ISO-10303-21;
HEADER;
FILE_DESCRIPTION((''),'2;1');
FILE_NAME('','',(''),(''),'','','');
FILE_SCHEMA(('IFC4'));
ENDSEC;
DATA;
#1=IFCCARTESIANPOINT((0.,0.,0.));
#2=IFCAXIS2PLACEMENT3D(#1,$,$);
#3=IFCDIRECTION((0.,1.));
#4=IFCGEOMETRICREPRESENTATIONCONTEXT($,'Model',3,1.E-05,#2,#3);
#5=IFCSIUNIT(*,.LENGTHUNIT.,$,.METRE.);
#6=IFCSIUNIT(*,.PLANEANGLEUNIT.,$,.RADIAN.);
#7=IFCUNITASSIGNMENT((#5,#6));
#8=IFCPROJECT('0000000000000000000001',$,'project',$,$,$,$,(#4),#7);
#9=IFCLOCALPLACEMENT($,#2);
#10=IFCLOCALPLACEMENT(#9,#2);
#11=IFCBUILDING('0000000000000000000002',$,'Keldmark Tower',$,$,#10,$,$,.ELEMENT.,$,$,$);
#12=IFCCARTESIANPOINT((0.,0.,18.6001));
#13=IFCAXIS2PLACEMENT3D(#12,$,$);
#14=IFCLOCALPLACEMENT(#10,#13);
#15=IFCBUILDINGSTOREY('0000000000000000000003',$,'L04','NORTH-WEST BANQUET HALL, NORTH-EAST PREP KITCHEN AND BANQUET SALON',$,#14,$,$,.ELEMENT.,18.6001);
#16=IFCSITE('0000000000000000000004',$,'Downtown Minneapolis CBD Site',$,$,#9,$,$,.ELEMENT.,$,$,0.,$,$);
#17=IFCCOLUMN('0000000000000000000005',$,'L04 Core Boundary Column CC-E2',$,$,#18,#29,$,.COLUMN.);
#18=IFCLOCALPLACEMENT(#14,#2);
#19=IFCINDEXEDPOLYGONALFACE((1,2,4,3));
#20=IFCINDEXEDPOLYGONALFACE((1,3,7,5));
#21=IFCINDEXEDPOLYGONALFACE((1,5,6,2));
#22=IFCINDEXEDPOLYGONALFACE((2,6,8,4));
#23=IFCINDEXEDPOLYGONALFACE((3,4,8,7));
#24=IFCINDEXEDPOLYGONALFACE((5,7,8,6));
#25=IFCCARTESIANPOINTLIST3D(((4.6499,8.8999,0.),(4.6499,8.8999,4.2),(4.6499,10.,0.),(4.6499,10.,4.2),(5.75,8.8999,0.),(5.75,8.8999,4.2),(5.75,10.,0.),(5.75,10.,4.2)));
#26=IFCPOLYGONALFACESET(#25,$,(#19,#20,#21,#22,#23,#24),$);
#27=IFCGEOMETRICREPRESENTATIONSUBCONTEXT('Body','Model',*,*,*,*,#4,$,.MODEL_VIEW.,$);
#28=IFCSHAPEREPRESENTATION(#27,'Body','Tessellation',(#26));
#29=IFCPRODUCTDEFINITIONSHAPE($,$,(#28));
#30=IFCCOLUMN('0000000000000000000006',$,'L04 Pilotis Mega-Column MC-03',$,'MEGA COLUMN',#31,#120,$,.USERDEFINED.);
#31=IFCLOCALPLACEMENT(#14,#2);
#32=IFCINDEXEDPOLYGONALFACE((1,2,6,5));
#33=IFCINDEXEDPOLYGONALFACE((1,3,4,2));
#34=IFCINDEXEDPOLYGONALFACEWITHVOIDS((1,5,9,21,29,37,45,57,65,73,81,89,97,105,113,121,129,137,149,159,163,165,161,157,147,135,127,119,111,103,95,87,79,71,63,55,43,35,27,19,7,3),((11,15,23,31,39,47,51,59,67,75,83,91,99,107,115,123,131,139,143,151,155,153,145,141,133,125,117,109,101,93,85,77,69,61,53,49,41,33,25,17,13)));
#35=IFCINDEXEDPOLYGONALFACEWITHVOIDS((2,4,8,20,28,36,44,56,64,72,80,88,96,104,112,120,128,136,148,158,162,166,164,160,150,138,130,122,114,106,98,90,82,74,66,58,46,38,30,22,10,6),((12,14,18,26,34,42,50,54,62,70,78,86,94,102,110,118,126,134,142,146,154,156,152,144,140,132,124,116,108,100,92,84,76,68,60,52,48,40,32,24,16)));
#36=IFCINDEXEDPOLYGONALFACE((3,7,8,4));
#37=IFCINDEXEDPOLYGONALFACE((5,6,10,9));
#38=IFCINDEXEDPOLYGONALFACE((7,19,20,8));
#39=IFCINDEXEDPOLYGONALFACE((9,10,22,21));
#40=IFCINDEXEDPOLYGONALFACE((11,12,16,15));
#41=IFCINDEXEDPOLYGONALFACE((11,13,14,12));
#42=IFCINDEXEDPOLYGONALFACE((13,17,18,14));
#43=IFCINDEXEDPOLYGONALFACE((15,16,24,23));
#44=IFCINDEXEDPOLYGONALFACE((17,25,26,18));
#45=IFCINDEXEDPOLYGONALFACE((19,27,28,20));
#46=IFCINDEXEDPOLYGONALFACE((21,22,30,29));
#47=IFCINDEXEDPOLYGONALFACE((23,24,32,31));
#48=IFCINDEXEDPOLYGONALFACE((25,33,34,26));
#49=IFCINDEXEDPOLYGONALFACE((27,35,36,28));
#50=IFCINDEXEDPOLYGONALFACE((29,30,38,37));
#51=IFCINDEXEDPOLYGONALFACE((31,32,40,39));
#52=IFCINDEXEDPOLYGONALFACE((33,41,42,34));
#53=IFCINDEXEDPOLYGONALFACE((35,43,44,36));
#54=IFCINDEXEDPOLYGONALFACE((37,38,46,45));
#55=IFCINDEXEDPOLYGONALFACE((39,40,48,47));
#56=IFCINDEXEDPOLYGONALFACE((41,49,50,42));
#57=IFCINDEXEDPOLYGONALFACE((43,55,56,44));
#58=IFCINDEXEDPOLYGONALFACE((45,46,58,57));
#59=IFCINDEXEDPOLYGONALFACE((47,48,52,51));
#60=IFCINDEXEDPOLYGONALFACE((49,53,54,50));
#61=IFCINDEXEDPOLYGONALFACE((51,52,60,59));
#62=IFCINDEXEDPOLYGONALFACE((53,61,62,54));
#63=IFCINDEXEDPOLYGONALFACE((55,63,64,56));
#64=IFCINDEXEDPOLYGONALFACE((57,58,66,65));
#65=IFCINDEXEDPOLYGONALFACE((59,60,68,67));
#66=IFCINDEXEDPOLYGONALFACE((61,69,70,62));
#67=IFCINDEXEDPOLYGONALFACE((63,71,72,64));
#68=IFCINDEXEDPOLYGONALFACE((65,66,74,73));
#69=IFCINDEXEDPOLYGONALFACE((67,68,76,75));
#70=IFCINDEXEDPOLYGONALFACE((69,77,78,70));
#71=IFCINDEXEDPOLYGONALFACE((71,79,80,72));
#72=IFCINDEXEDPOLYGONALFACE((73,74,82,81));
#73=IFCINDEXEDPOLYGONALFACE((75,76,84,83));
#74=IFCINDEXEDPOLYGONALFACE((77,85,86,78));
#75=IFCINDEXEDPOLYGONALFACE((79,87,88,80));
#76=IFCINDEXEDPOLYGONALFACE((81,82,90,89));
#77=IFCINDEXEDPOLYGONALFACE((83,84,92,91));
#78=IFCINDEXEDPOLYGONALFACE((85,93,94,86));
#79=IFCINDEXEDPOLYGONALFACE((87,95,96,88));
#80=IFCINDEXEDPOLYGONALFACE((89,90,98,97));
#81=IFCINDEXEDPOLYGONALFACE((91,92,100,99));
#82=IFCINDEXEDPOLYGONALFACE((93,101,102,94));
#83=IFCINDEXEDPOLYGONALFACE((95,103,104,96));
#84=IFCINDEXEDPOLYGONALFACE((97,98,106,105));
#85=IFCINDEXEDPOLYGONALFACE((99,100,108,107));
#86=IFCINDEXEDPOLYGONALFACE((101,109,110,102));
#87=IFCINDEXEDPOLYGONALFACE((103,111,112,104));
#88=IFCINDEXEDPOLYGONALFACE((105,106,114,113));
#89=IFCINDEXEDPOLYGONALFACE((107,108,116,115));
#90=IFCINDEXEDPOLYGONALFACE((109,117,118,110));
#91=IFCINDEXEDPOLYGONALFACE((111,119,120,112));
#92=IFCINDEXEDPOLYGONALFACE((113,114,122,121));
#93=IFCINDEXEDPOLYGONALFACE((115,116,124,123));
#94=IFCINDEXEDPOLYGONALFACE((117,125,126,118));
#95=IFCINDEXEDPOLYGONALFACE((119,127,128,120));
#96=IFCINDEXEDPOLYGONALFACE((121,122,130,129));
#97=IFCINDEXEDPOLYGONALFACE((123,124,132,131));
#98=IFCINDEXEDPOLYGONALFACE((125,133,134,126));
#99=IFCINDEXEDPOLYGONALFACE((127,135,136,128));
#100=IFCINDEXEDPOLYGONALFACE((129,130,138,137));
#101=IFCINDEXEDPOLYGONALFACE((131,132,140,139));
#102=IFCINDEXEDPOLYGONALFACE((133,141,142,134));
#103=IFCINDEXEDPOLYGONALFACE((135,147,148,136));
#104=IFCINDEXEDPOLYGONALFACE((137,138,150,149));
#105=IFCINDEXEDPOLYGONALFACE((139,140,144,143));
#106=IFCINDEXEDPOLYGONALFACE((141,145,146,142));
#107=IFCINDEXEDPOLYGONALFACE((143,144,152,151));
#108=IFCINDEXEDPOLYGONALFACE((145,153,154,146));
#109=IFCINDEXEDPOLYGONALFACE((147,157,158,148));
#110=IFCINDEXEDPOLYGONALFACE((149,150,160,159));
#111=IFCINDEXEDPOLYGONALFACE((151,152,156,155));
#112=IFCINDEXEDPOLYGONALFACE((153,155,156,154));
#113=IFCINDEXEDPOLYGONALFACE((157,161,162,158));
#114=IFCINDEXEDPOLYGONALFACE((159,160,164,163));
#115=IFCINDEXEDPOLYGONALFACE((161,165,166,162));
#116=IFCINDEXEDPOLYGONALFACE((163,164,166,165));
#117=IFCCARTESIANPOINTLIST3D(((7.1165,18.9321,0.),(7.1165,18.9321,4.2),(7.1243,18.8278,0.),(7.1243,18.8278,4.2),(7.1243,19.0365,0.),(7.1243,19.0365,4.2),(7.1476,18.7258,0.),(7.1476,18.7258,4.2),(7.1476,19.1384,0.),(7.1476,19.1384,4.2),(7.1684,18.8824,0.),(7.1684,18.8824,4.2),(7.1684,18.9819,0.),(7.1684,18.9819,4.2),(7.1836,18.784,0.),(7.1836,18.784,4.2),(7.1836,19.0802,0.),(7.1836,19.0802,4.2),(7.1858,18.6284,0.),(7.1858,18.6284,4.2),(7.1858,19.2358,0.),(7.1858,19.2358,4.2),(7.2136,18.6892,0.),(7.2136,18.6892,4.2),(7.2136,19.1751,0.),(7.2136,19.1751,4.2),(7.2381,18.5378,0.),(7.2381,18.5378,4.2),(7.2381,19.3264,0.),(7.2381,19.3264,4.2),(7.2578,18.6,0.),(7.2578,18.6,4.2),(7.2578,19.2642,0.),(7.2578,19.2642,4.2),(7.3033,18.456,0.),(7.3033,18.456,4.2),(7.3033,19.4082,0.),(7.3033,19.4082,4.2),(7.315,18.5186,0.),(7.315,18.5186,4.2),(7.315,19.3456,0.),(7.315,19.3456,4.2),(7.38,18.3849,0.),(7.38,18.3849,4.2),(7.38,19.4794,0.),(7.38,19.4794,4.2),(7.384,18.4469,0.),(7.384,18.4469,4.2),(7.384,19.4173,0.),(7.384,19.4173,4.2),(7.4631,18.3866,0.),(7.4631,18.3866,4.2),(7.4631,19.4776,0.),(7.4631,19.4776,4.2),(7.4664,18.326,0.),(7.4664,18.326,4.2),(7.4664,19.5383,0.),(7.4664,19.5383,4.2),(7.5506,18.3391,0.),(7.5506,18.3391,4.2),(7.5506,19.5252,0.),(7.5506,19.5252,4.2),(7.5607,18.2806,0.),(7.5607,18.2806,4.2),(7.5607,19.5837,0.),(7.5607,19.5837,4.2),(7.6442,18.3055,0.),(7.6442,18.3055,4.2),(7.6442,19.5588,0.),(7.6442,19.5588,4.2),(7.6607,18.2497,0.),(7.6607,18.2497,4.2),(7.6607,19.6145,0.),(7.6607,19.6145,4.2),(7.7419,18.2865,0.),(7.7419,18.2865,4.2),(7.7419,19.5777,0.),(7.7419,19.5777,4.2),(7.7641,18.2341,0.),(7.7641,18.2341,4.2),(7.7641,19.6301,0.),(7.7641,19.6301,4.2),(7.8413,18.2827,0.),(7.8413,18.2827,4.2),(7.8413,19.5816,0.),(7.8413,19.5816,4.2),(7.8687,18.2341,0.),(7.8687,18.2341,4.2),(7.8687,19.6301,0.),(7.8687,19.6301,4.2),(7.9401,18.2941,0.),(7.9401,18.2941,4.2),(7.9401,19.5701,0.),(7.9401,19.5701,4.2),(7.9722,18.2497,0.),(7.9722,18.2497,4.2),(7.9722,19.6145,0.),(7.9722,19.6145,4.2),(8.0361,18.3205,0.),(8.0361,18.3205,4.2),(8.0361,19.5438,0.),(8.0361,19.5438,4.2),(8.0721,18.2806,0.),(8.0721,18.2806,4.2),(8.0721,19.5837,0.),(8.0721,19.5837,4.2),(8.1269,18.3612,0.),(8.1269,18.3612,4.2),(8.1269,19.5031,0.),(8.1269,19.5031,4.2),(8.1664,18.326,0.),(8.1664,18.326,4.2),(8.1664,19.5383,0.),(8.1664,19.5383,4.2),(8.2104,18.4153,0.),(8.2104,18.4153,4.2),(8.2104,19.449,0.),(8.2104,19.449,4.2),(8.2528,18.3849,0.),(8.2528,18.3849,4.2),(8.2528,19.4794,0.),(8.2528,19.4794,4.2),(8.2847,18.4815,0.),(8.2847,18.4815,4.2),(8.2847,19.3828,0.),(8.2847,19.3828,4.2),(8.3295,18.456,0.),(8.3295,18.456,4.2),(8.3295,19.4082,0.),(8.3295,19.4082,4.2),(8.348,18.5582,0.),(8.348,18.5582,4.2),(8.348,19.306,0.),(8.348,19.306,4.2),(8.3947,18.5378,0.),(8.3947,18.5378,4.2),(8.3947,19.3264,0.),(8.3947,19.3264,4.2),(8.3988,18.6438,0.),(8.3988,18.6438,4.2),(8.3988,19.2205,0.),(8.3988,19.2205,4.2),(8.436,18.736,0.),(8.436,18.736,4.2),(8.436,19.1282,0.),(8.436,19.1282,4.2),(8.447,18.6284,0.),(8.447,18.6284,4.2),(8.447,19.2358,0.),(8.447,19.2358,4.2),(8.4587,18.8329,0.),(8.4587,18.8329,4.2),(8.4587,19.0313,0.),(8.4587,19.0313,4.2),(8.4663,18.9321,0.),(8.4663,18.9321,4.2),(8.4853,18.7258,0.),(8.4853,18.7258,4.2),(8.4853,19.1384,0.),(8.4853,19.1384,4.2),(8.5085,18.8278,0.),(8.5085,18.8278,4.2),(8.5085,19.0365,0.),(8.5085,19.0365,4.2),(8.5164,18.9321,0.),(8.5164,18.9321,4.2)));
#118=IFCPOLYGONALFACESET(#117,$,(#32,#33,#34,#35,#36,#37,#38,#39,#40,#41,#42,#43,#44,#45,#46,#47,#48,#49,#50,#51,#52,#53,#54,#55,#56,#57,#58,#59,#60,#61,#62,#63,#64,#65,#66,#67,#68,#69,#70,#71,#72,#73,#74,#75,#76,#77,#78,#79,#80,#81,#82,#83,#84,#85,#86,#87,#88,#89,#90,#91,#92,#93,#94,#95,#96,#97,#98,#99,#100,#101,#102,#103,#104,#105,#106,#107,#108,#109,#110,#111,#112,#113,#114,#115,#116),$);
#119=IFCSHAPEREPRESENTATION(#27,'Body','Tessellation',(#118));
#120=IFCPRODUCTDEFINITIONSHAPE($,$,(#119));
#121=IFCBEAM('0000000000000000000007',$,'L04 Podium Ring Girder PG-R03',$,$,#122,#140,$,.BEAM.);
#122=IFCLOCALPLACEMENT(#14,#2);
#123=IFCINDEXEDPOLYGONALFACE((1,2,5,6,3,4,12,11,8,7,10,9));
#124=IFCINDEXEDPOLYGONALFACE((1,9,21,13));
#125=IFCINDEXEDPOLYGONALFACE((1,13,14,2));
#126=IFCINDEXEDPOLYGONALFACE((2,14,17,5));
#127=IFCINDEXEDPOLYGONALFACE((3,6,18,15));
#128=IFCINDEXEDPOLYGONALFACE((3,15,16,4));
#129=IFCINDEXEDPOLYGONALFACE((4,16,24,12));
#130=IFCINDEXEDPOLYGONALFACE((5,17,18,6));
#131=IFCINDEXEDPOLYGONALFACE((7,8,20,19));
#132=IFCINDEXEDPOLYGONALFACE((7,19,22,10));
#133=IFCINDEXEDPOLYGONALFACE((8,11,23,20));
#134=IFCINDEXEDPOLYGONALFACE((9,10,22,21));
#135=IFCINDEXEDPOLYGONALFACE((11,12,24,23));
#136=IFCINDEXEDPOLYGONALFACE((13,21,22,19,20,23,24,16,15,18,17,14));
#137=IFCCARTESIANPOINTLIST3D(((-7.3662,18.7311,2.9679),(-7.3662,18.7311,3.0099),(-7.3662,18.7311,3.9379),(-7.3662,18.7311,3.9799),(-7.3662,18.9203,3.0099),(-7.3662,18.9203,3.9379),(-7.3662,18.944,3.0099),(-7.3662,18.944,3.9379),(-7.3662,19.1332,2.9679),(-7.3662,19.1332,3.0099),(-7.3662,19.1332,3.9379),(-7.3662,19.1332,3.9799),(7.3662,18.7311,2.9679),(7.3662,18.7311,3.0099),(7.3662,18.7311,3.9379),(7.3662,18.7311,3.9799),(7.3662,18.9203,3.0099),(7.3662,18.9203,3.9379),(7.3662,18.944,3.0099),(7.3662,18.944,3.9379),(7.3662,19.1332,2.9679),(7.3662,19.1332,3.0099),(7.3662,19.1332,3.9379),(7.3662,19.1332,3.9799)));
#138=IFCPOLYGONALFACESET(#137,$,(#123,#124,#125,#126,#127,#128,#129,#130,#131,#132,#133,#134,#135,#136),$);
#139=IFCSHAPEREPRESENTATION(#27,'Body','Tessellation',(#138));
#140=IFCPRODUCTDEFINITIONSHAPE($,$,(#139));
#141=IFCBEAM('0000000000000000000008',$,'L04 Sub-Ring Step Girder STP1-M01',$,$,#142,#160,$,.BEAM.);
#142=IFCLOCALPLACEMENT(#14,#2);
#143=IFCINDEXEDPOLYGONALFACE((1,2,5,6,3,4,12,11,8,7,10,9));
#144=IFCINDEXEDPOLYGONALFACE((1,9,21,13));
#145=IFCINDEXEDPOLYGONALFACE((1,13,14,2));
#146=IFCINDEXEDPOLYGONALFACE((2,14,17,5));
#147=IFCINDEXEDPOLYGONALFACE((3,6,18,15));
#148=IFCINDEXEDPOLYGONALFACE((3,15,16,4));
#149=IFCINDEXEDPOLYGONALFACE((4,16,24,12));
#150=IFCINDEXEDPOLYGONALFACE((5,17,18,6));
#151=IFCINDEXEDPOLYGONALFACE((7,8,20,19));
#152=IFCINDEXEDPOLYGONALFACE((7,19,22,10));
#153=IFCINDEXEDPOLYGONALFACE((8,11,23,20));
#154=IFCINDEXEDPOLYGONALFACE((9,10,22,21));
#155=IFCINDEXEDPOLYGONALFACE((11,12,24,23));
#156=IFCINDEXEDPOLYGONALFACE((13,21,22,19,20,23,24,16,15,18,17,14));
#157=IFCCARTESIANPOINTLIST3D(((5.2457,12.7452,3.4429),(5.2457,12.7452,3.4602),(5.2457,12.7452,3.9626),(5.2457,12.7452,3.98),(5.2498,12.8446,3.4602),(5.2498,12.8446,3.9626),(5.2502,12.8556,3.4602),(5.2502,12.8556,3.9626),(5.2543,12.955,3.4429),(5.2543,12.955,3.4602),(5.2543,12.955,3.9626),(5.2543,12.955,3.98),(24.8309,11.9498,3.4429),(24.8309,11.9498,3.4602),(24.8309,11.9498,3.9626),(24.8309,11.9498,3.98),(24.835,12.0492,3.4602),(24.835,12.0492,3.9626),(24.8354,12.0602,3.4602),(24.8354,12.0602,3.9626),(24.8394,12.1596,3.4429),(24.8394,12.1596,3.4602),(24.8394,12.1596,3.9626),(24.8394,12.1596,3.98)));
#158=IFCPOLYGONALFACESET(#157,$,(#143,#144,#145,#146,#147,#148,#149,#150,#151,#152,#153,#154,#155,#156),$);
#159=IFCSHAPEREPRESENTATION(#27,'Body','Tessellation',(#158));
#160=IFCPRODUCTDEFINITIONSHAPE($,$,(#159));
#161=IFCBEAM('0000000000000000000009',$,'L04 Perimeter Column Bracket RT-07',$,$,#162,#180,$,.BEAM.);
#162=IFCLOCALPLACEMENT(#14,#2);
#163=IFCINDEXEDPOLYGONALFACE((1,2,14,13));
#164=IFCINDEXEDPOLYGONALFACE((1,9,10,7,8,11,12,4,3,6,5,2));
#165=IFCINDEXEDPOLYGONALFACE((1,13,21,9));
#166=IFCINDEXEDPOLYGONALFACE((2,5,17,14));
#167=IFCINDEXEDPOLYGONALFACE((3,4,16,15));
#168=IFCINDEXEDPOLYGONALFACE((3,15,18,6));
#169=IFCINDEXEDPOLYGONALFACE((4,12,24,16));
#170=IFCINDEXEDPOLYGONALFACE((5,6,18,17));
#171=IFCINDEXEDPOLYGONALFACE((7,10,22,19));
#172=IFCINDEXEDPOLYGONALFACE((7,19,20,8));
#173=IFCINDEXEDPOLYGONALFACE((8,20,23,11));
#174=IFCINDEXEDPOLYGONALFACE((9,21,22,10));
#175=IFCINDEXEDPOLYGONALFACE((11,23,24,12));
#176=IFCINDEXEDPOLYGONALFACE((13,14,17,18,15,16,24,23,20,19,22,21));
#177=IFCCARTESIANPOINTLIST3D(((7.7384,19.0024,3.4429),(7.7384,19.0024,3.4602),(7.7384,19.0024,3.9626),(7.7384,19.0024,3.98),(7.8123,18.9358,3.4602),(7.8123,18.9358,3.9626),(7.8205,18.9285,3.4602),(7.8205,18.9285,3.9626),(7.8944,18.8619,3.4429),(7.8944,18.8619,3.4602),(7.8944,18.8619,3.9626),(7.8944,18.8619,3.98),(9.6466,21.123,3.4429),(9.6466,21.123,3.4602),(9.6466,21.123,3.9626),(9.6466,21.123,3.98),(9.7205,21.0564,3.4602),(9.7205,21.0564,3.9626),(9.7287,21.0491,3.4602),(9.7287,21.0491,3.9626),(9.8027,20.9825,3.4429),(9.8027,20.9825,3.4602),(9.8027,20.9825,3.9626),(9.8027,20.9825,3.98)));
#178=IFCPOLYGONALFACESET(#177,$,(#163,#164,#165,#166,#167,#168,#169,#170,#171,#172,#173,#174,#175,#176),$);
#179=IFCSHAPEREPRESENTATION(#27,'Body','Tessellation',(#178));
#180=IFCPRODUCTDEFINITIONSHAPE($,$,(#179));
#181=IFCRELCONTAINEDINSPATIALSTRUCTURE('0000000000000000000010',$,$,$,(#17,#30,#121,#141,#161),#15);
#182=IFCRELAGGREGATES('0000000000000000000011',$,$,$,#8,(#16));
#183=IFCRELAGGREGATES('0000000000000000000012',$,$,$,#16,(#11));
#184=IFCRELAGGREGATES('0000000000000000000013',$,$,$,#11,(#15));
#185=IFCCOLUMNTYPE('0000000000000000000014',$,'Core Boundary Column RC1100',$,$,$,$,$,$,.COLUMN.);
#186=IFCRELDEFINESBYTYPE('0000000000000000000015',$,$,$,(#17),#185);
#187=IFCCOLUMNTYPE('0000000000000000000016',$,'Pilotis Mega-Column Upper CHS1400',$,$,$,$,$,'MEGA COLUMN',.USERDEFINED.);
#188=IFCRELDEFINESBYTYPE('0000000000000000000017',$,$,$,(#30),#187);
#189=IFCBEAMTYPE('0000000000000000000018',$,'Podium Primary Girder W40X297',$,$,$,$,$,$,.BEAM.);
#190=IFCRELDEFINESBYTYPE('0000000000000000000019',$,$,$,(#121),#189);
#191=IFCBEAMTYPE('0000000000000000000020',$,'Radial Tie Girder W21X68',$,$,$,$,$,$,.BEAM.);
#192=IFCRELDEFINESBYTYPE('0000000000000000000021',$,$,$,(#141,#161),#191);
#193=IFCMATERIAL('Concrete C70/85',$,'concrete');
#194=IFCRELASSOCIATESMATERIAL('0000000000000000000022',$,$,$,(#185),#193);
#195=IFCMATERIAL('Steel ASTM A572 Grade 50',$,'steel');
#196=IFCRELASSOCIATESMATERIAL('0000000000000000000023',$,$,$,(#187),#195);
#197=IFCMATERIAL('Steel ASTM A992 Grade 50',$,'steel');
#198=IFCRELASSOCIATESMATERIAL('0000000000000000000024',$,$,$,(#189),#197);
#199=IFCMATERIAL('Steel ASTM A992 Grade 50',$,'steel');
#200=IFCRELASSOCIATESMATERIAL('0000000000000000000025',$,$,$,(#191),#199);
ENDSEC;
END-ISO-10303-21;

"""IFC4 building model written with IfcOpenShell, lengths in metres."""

from ifc_helpers import new_model, si_unit, direction, frame, origin, origin_2d, place, context, subcontext, project, spatial, rectangle, hollow_circle, i_section, extrude, material, material_profile, profile_set, type_object, element, save


model = new_model("IFC4")

# Units and contexts
model_context = context("Model", 3, precision=1e-05, world=origin(), true_north=direction((0.0, 1.0)))
body_context = subcontext(model_context, "Body", "Model", "MODEL_VIEW")
ifc_project = project(units=[si_unit("LENGTHUNIT", "METRE"), si_unit("PLANEANGLEUNIT", "RADIAN")], contexts=[model_context])

# Site, building, storey
site_placement = place(None, origin())
site = spatial("IfcSite", under=ifc_project, at=site_placement, Name="Downtown Minneapolis CBD Site", CompositionType="ELEMENT", RefElevation=0.0)
building_placement = place(site_placement, origin())
building = spatial("IfcBuilding", under=site, at=building_placement, Name="Keldmark Tower", CompositionType="ELEMENT")
storey_placement = place(building_placement, frame((0.0, 0.0, 18.6001)))
storey = spatial("IfcBuildingStorey", under=building, at=storey_placement, Name="L04", Description="NORTH-WEST BANQUET HALL, NORTH-EAST PREP KITCHEN AND BANQUET SALON", CompositionType="ELEMENT", Elevation=18.6001)

# Columns
ifc_material_1 = material(Name="Concrete C70/85", Category="concrete")
ifc_material_profile_1 = material_profile(ifc_material_1, rectangle(XDim=1.1001, YDim=1.1001, at=origin_2d()), Name="RC1100X1100")
ifc_profile_set_1 = profile_set([ifc_material_profile_1], Name="Concrete C70/85")
column_type_1 = type_object("IfcColumnType", Name="Core Boundary Column RC1100", PredefinedType="COLUMN", material=ifc_profile_set_1)
column_1_placement = place(storey_placement, frame((5.2, 9.45, 0.0), z_axis=(0.0, 0.0, 1.0), x_axis=(1.0, 0.0, 0.0)))
element("IfcColumn", 1, at=column_1_placement, inside=storey, type_object=column_type_1, Name="L04 Core Boundary Column CC-E2", PredefinedType="COLUMN", context=body_context, shape_type="SweptSolid", body=[
    extrude(rectangle(XDim=1.1001, YDim=1.1001, at=origin_2d()), origin(), (0.0, 0.0, 1.0), 4.2),
])
ifc_material_2 = material(Name="Steel ASTM A572 Grade 50", Category="steel")
ifc_material_profile_2 = material_profile(ifc_material_2, hollow_circle(Radius=0.7, WallThickness=0.05, at=origin_2d()), Name="CHS1400X50")
ifc_profile_set_2 = profile_set([ifc_material_profile_2], Name="Steel ASTM A572 Grade 50")
column_type_2 = type_object("IfcColumnType", Name="Pilotis Mega-Column Upper CHS1400", ElementType="MEGA COLUMN", PredefinedType="USERDEFINED", material=ifc_profile_set_2)
column_2_placement = place(storey_placement, frame((7.8164, 18.9321, 0.0), z_axis=(0.0, 0.0, 1.0), x_axis=(1.0, 0.0, 0.0)))
element("IfcColumn", 2, at=column_2_placement, inside=storey, type_object=column_type_2, Name="L04 Pilotis Mega-Column MC-03", ObjectType="MEGA COLUMN", PredefinedType="USERDEFINED", context=body_context, shape_type="SweptSolid", body=[
    extrude(hollow_circle(Radius=0.7, WallThickness=0.05, at=origin_2d()), origin(), (0.0, 0.0, 1.0), 4.2),
])

# Beams
ifc_material_3 = material(Name="Steel ASTM A992 Grade 50", Category="steel")
ifc_material_profile_3 = material_profile(ifc_material_3, i_section(OverallWidth=0.4021, OverallDepth=1.012, WebThickness=0.0237, FlangeThickness=0.042, at=origin_2d()), Name="W40X297")
ifc_profile_set_3 = profile_set([ifc_material_profile_3], Name="Steel ASTM A992 Grade 50")
beam_type_1 = type_object("IfcBeamType", Name="Podium Primary Girder W40X297", PredefinedType="BEAM", material=ifc_profile_set_3)
beam_1_placement = place(storey_placement, frame((7.3662, 18.9321, 3.4739), z_axis=(-1.0, 0.0, 0.0), x_axis=(0.0, -1.0, 0.0)))
element("IfcBeam", 3, at=beam_1_placement, inside=storey, type_object=beam_type_1, Name="L04 Podium Ring Girder PG-R03", PredefinedType="BEAM", context=body_context, shape_type="SweptSolid", body=[
    extrude(i_section(OverallWidth=0.4021, OverallDepth=1.012, WebThickness=0.0237, FlangeThickness=0.042, at=origin_2d()), origin(), (0.0, 0.0, 1.0), 14.7324),
])
ifc_material_4 = material(Name="Steel ASTM A992 Grade 50", Category="steel")
ifc_material_profile_4 = material_profile(ifc_material_4, i_section(OverallWidth=0.21, OverallDepth=0.5371, WebThickness=0.011, FlangeThickness=0.0173, at=origin_2d()), Name="W21X68")
ifc_profile_set_4 = profile_set([ifc_material_profile_4], Name="Steel ASTM A992 Grade 50")
beam_type_2 = type_object("IfcBeamType", Name="Radial Tie Girder W21X68", PredefinedType="BEAM", material=ifc_profile_set_4)
beam_2_placement = place(storey_placement, frame((5.25, 12.8501, 3.7114), z_axis=(0.999176, -0.040579, 0.0), x_axis=(0.040579, 0.999176, 0.0)))
element("IfcBeam", 4, at=beam_2_placement, inside=storey, type_object=beam_type_2, Name="L04 Sub-Ring Step Girder STP1-M01", PredefinedType="BEAM", context=body_context, shape_type="SweptSolid", body=[
    extrude(i_section(OverallWidth=0.21, OverallDepth=0.5371, WebThickness=0.011, FlangeThickness=0.0173, at=origin_2d()), origin(), (0.0, 0.0, 1.0), 19.6013),
])
beam_3_placement = place(storey_placement, frame((7.8164, 18.9321, 3.7114), z_axis=(0.668899, 0.743354, 0.0), x_axis=(-0.743354, 0.668899, 0.0)))
element("IfcBeam", 5, at=beam_3_placement, inside=storey, type_object=beam_type_2, Name="L04 Perimeter Column Bracket RT-07", PredefinedType="BEAM", context=body_context, shape_type="SweptSolid", body=[
    extrude(i_section(OverallWidth=0.21, OverallDepth=0.5371, WebThickness=0.011, FlangeThickness=0.0173, at=origin_2d()), origin(), (0.0, 0.0, 1.0), 2.8528),
])

save(model, "model.ifc")
